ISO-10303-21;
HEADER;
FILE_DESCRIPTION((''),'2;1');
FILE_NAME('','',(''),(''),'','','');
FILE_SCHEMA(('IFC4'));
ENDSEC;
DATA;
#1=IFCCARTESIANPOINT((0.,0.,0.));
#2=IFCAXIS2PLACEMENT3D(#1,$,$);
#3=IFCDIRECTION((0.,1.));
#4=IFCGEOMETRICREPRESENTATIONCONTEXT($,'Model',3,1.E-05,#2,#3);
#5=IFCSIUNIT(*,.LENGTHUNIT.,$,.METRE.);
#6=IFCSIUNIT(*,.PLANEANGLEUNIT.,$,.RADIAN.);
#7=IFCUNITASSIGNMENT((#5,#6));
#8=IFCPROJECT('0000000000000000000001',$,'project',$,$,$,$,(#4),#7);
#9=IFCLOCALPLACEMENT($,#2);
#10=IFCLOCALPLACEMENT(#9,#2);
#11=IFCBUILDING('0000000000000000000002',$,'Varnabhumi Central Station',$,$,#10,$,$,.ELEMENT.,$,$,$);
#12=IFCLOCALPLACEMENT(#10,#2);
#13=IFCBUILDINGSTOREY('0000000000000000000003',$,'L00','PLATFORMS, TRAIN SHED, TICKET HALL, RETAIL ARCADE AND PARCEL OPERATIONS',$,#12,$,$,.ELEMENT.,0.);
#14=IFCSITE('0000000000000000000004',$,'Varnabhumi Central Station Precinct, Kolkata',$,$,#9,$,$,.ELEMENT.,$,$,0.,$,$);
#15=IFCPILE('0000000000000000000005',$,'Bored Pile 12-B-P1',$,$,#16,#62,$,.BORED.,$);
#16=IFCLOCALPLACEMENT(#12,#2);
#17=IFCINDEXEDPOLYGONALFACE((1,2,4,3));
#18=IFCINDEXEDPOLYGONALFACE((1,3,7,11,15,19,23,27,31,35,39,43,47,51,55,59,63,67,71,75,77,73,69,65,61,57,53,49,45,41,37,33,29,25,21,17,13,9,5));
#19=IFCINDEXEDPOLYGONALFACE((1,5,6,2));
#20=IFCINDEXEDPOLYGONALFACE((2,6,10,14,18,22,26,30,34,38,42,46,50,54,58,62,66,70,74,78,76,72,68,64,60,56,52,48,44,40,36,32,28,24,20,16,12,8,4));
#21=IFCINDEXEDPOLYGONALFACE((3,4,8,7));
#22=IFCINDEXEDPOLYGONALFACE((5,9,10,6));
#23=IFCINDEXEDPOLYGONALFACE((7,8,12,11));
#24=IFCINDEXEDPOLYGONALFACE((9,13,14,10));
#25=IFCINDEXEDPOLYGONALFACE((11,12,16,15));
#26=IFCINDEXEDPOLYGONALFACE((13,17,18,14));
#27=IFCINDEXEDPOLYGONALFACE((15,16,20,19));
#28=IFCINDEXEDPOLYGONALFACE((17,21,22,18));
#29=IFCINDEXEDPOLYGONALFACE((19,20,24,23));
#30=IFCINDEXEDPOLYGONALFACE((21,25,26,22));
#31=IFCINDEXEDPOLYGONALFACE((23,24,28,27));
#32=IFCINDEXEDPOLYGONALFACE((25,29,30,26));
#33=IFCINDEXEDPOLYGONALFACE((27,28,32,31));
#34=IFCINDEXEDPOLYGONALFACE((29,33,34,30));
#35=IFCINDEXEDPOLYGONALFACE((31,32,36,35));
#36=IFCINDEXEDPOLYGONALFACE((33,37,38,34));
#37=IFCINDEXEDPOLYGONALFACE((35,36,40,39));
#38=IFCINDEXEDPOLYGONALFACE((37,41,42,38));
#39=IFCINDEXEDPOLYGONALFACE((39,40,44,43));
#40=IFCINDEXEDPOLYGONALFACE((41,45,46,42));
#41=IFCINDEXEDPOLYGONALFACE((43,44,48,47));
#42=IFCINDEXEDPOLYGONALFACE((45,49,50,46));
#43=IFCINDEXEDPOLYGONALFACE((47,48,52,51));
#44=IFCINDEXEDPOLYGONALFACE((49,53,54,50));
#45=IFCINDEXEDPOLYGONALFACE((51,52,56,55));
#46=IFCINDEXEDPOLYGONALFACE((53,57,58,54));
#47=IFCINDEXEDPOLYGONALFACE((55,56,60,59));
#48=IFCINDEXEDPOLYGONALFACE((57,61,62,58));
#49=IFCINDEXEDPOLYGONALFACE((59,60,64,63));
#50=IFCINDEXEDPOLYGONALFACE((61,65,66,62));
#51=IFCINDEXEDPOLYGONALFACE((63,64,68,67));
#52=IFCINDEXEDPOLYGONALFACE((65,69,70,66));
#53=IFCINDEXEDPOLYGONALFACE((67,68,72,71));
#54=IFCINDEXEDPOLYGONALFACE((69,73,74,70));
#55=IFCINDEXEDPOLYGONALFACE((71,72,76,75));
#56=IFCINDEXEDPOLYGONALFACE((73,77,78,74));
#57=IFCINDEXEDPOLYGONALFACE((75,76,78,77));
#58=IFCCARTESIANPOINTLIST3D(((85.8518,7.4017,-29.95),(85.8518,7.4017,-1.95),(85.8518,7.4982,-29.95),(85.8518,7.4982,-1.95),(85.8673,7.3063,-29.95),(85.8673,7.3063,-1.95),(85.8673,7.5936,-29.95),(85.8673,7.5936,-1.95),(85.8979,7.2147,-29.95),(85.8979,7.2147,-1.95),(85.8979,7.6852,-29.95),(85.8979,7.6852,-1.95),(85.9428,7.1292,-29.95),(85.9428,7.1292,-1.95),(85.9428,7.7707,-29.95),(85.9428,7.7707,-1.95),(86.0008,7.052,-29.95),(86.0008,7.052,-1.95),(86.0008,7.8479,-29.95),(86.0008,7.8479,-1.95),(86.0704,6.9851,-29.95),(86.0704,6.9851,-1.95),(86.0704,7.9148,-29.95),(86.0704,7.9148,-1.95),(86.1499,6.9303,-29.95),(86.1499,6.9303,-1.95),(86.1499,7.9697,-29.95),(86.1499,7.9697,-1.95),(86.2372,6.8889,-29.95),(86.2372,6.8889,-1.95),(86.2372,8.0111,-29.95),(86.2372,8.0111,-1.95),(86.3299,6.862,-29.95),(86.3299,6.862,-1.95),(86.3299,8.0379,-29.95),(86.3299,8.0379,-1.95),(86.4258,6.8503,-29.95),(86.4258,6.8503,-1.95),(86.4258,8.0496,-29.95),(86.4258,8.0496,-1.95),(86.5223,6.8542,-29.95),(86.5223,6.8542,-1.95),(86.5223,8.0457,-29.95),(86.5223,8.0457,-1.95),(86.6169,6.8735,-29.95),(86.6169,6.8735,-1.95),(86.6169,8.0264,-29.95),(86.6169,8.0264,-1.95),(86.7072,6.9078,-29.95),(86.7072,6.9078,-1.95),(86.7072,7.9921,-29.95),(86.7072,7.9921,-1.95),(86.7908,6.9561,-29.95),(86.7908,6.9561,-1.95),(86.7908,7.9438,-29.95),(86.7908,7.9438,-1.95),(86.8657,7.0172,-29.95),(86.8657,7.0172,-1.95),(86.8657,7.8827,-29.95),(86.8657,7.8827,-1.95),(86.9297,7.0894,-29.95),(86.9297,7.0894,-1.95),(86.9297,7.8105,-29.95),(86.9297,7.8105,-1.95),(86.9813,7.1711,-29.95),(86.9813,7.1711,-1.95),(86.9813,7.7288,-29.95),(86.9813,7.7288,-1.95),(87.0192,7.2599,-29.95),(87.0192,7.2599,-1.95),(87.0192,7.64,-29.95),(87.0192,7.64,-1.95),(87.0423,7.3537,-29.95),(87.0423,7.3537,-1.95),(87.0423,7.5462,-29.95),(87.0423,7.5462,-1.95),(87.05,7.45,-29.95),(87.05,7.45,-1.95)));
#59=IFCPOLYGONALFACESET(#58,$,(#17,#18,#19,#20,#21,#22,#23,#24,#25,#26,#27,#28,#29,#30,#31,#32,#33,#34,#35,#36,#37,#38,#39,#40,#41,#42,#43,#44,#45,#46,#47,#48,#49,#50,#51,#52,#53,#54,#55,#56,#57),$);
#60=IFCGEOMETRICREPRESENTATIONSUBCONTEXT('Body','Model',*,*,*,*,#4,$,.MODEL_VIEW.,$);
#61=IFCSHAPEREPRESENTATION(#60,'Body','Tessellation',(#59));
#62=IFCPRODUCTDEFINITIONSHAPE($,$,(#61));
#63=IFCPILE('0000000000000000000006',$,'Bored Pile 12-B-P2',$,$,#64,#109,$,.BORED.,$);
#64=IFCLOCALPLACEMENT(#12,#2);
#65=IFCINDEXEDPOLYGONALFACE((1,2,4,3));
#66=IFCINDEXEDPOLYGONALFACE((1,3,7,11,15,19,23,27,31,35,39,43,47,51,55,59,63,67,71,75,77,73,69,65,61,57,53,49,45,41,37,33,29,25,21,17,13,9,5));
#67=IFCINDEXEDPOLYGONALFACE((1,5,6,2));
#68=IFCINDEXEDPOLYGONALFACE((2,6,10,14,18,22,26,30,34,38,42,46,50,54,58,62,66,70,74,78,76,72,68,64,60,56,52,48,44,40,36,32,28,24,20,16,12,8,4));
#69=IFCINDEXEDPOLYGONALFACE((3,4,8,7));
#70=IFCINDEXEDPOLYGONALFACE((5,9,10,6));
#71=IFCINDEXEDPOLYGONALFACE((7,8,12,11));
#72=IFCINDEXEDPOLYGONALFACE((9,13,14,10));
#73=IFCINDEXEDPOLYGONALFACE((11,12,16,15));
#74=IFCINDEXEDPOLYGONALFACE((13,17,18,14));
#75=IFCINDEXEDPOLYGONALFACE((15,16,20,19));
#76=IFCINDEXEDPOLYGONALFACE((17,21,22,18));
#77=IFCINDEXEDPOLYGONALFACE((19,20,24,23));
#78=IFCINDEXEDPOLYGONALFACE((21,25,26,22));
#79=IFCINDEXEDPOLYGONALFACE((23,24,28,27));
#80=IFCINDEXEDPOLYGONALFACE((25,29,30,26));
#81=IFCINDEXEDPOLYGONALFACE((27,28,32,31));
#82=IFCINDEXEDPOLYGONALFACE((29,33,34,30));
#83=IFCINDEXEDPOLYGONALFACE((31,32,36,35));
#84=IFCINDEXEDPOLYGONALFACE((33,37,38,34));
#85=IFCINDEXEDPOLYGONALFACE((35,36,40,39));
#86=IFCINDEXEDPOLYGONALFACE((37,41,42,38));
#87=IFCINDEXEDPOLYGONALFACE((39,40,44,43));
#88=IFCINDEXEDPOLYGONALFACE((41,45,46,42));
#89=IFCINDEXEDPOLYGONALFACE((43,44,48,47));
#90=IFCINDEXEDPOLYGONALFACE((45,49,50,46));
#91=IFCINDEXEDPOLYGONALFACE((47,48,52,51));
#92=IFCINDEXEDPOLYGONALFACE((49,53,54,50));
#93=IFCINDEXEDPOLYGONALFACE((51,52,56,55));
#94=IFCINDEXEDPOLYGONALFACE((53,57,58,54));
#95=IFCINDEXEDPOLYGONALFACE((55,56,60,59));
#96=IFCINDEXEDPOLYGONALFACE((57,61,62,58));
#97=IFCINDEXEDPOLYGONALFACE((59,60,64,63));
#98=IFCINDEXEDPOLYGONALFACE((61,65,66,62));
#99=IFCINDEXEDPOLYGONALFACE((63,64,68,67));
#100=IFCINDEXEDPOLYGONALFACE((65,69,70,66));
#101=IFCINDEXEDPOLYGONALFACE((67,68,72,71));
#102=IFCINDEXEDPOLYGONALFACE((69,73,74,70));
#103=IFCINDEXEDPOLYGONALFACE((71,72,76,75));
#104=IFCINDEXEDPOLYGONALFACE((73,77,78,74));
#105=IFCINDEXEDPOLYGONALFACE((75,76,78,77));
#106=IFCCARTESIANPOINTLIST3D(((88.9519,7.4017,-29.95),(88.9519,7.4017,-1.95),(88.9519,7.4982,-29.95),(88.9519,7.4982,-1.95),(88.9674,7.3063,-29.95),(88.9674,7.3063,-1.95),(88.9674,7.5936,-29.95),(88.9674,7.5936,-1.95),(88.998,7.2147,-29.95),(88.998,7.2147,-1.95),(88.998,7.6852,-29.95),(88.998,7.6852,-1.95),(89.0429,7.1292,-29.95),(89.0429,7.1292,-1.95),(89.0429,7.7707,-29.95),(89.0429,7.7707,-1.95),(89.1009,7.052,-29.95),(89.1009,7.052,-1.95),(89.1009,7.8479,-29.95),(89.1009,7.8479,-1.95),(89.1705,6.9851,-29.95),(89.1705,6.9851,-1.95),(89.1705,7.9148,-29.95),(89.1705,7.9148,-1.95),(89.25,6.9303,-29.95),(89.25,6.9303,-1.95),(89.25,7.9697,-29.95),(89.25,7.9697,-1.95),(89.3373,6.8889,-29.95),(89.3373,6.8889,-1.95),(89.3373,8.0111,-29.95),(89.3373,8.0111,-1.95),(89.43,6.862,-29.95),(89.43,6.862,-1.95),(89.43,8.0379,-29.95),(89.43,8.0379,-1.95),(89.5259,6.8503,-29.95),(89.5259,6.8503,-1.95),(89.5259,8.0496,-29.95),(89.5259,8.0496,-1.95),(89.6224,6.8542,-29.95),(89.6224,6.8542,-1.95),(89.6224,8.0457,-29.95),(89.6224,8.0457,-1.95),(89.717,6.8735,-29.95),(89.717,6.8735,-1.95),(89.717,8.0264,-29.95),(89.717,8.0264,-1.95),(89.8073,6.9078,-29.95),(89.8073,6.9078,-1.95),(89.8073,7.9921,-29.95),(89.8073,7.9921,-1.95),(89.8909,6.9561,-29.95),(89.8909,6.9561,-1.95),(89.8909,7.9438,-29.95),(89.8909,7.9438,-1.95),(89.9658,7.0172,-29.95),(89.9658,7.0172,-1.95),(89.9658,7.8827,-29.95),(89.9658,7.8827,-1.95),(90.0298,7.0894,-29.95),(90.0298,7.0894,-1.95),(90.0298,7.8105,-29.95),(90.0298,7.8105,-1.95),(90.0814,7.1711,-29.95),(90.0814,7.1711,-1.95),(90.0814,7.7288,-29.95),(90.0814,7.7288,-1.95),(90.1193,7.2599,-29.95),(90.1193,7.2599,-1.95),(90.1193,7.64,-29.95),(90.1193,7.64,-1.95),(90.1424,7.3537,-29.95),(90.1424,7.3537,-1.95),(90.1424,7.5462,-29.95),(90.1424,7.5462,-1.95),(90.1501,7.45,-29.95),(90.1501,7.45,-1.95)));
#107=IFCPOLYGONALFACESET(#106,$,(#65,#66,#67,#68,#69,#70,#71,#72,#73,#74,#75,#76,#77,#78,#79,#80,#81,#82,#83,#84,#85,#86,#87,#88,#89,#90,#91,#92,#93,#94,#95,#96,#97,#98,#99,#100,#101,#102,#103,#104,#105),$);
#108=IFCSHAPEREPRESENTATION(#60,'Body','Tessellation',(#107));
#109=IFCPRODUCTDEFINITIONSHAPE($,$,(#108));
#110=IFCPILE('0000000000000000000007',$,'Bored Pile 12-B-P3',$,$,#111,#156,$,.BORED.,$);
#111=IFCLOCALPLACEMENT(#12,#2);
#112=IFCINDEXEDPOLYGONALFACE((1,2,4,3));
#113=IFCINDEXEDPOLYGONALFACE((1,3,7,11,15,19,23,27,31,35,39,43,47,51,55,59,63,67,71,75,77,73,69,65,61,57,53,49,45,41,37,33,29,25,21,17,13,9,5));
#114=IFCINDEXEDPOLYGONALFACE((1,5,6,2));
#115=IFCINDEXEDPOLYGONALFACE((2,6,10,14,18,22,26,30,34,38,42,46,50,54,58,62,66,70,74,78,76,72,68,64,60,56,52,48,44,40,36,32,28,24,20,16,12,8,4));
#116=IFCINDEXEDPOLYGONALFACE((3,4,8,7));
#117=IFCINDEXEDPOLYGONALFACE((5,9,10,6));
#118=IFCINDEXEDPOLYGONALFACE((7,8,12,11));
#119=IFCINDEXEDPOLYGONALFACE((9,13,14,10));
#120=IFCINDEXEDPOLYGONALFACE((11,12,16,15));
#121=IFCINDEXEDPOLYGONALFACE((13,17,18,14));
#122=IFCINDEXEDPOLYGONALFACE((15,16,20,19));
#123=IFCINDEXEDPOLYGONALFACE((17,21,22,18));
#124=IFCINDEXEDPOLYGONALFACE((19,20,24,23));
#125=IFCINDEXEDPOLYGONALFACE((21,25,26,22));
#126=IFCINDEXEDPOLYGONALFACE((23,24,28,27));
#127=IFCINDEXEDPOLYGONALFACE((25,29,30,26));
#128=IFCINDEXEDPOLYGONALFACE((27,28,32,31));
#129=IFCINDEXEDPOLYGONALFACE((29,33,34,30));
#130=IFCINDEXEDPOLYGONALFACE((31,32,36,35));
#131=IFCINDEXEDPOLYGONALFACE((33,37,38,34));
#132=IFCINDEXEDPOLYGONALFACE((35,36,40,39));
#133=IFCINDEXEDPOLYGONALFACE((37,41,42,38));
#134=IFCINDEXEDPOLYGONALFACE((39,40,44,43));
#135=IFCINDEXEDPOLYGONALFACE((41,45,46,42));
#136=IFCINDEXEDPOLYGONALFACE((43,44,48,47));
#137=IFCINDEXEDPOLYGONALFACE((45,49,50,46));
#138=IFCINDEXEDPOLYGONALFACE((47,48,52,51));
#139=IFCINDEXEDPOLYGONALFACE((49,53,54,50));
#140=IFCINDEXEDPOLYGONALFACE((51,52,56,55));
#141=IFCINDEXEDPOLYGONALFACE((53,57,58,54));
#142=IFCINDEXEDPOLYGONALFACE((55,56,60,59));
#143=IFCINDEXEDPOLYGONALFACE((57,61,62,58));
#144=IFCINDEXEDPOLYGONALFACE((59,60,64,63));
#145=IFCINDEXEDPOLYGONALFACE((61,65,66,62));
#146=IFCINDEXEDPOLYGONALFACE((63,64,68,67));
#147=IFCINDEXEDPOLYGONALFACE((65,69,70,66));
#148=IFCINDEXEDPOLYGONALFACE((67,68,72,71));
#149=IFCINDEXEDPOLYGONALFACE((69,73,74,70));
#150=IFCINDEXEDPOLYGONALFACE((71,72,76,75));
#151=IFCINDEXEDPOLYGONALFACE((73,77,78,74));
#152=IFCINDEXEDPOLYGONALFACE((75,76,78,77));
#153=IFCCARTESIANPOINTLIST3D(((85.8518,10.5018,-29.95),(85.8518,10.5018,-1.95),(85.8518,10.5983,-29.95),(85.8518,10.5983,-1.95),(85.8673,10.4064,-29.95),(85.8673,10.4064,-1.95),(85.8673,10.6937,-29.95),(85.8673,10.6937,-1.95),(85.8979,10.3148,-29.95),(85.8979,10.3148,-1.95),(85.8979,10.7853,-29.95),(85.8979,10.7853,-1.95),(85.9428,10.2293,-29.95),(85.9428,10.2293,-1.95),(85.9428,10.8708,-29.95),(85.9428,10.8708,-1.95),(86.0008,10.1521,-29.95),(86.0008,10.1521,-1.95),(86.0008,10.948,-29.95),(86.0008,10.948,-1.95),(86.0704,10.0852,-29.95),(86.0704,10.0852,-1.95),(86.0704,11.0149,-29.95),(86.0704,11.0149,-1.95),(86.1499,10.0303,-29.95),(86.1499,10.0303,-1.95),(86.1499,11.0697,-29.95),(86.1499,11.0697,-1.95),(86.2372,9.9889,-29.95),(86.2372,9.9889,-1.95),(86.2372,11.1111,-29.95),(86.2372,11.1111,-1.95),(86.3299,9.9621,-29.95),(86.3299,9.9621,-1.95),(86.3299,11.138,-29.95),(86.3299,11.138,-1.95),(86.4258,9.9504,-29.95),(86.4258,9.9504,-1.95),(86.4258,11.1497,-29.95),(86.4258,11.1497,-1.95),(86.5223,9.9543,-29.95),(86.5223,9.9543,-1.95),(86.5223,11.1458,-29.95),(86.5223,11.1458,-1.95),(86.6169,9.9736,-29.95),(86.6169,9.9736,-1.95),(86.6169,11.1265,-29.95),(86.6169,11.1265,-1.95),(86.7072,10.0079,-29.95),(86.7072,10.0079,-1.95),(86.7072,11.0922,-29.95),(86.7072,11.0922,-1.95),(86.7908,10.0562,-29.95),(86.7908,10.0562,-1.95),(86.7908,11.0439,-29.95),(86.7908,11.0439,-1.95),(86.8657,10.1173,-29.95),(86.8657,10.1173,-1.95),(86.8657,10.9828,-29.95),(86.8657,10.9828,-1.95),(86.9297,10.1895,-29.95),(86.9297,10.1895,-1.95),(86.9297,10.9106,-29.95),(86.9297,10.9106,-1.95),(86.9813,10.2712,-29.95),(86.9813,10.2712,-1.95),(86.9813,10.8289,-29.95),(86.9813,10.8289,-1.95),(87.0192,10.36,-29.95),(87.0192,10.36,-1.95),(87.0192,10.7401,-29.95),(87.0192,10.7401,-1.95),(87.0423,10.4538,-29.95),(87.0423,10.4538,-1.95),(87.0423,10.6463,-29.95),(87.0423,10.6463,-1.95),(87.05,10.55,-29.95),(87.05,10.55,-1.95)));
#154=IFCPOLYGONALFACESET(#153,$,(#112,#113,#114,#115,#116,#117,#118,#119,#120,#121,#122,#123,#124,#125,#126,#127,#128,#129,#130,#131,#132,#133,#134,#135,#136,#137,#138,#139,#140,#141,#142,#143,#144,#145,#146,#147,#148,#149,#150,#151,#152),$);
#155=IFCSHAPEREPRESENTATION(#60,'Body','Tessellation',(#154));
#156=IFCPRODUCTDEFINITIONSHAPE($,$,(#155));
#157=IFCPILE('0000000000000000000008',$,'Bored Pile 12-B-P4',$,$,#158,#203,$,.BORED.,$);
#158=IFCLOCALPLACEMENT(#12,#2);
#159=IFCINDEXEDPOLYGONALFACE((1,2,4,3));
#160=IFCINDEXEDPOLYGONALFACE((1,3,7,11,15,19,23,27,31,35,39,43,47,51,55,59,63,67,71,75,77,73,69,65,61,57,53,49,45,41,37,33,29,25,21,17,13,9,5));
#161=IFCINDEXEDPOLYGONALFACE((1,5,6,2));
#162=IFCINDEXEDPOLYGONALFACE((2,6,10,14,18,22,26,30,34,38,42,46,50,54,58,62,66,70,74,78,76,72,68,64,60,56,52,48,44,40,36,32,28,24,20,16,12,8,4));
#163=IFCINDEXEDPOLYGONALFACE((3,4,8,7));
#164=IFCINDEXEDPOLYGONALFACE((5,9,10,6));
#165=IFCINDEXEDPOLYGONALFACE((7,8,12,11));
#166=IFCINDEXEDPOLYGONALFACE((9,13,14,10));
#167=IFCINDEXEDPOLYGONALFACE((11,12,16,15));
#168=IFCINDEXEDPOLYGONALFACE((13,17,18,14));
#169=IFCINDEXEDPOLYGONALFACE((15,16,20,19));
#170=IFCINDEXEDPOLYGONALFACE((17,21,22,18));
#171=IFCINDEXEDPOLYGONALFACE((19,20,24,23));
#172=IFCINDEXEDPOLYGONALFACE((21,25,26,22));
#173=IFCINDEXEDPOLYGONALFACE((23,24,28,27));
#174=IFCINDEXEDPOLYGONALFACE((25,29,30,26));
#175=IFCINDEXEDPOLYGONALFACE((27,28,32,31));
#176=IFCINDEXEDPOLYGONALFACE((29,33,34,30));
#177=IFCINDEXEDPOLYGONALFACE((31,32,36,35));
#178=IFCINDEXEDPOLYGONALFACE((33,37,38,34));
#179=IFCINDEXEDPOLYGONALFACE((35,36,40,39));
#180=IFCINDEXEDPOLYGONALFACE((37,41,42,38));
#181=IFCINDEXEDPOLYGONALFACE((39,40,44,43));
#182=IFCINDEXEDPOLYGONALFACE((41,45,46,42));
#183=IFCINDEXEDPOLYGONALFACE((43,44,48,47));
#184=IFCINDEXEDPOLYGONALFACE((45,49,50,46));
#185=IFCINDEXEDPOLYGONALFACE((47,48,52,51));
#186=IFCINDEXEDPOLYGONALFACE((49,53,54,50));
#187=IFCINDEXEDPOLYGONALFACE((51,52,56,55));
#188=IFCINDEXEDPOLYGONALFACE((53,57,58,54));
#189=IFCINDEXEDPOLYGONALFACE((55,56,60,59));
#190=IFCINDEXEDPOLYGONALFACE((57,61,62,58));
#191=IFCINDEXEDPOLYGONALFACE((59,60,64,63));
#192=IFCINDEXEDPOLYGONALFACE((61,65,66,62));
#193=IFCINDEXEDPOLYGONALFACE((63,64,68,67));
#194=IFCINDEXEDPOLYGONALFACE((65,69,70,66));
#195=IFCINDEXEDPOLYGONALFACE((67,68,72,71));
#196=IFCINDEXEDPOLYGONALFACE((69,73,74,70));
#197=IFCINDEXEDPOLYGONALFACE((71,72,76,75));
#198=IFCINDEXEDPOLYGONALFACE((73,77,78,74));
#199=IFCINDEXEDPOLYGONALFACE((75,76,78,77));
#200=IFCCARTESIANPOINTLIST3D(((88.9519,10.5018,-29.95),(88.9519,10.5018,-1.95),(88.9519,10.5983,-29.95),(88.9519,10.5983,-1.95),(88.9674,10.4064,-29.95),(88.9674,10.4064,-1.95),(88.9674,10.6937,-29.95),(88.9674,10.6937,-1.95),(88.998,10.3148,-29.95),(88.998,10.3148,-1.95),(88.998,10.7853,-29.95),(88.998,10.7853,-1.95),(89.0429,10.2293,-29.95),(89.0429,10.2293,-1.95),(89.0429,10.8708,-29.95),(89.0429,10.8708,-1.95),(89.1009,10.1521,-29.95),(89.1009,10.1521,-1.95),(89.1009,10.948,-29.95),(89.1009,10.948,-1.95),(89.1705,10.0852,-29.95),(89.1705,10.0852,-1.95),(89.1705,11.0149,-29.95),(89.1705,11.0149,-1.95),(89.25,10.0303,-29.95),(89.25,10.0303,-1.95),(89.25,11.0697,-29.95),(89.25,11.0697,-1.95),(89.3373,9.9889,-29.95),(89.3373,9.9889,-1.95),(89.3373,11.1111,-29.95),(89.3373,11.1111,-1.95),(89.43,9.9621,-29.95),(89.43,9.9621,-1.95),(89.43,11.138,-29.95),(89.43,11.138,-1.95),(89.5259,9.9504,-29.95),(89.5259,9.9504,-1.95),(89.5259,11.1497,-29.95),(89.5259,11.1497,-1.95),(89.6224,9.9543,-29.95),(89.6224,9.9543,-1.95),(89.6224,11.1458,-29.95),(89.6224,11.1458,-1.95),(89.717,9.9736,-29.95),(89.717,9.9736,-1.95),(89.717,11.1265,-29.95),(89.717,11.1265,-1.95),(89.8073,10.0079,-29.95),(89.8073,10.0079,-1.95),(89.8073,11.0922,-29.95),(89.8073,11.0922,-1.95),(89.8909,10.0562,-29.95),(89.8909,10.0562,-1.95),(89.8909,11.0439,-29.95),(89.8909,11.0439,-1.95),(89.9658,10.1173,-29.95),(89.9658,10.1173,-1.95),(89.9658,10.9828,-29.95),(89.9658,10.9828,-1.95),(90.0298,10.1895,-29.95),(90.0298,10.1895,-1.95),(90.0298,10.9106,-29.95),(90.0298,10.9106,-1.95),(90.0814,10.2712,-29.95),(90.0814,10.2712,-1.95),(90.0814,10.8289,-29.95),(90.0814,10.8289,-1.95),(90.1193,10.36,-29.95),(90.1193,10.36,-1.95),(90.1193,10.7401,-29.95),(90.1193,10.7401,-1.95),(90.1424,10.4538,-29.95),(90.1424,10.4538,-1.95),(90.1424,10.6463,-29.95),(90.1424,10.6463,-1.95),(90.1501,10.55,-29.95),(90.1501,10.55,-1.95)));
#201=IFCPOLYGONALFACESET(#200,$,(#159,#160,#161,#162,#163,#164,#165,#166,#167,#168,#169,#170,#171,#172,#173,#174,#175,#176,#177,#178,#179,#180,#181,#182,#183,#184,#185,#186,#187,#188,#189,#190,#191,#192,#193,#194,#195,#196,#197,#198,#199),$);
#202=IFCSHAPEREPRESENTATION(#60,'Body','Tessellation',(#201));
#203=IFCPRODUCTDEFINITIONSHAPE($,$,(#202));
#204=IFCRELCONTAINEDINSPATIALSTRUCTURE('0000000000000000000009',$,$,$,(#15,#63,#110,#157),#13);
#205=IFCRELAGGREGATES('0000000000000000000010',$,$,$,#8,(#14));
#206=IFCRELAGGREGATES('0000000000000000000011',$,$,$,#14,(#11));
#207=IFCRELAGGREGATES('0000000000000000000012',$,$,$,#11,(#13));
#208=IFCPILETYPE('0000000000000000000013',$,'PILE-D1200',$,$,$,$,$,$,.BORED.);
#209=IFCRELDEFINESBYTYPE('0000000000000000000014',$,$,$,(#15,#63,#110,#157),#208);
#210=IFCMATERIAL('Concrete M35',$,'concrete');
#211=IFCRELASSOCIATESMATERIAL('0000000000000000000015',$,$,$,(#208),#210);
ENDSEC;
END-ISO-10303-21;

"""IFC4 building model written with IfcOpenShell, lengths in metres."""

from ifc_helpers import new_model, si_unit, direction, frame, origin, origin_2d, place, context, subcontext, project, spatial, circle, extrude, material, material_profile, profile_set, type_object, element, save


model = new_model("IFC4")

# Units and contexts
model_context = context("Model", 3, precision=1e-05, world=origin(), true_north=direction((0.0, 1.0)))
body_context = subcontext(model_context, "Body", "Model", "MODEL_VIEW")
ifc_project = project(units=[si_unit("LENGTHUNIT", "METRE"), si_unit("PLANEANGLEUNIT", "RADIAN")], contexts=[model_context])

# Site, building, storey
site_placement = place(None, origin())
site = spatial("IfcSite", under=ifc_project, at=site_placement, Name="Varnabhumi Central Station Precinct, Kolkata", CompositionType="ELEMENT", RefElevation=0.0)
building_placement = place(site_placement, origin())
building = spatial("IfcBuilding", under=site, at=building_placement, Name="Varnabhumi Central Station", CompositionType="ELEMENT")
storey_placement = place(building_placement, origin())
storey = spatial("IfcBuildingStorey", under=building, at=storey_placement, Name="L00", Description="PLATFORMS, TRAIN SHED, TICKET HALL, RETAIL ARCADE AND PARCEL OPERATIONS", CompositionType="ELEMENT", Elevation=0.0)

# Piles
ifc_material_1 = material(Name="Concrete M35", Category="concrete")
ifc_material_profile_1 = material_profile(ifc_material_1, circle(Radius=0.6001, at=origin_2d()), Name="Concrete M35", Category="concrete")
ifc_profile_set_1 = profile_set([ifc_material_profile_1], Name="Concrete M35")
pile_type_1 = type_object("IfcPileType", Name="PILE-D1200", PredefinedType="BORED", material=ifc_profile_set_1)
for number, where, z_axis, x_axis, name in (
    (1, (86.45, 7.45, -1.95), (0.0, 0.0, -1.0), (1.0, 0.0, 0.0), "Bored Pile 12-B-P1"),
    (2, (89.55, 7.45, -1.95), (0.0, 0.0, -1.0), (1.0, 0.0, 0.0), "Bored Pile 12-B-P2"),
    (3, (86.45, 10.55, -1.95), (0.0, 0.0, -1.0), (1.0, 0.0, 0.0), "Bored Pile 12-B-P3"),
    (4, (89.55, 10.55, -1.95), (0.0, 0.0, -1.0), (1.0, 0.0, 0.0), "Bored Pile 12-B-P4"),
):
    element("IfcPile", number, at=place(storey_placement, frame(where, z_axis=z_axis, x_axis=x_axis)), inside=storey, type_object=pile_type_1, Name=name, PredefinedType="BORED", context=body_context, shape_type="SweptSolid", body=[
        extrude(circle(Radius=0.6001, at=origin_2d()), origin(), (0.0, 0.0, 1.0), 28.0),
    ])

save(model, "model.ifc")
